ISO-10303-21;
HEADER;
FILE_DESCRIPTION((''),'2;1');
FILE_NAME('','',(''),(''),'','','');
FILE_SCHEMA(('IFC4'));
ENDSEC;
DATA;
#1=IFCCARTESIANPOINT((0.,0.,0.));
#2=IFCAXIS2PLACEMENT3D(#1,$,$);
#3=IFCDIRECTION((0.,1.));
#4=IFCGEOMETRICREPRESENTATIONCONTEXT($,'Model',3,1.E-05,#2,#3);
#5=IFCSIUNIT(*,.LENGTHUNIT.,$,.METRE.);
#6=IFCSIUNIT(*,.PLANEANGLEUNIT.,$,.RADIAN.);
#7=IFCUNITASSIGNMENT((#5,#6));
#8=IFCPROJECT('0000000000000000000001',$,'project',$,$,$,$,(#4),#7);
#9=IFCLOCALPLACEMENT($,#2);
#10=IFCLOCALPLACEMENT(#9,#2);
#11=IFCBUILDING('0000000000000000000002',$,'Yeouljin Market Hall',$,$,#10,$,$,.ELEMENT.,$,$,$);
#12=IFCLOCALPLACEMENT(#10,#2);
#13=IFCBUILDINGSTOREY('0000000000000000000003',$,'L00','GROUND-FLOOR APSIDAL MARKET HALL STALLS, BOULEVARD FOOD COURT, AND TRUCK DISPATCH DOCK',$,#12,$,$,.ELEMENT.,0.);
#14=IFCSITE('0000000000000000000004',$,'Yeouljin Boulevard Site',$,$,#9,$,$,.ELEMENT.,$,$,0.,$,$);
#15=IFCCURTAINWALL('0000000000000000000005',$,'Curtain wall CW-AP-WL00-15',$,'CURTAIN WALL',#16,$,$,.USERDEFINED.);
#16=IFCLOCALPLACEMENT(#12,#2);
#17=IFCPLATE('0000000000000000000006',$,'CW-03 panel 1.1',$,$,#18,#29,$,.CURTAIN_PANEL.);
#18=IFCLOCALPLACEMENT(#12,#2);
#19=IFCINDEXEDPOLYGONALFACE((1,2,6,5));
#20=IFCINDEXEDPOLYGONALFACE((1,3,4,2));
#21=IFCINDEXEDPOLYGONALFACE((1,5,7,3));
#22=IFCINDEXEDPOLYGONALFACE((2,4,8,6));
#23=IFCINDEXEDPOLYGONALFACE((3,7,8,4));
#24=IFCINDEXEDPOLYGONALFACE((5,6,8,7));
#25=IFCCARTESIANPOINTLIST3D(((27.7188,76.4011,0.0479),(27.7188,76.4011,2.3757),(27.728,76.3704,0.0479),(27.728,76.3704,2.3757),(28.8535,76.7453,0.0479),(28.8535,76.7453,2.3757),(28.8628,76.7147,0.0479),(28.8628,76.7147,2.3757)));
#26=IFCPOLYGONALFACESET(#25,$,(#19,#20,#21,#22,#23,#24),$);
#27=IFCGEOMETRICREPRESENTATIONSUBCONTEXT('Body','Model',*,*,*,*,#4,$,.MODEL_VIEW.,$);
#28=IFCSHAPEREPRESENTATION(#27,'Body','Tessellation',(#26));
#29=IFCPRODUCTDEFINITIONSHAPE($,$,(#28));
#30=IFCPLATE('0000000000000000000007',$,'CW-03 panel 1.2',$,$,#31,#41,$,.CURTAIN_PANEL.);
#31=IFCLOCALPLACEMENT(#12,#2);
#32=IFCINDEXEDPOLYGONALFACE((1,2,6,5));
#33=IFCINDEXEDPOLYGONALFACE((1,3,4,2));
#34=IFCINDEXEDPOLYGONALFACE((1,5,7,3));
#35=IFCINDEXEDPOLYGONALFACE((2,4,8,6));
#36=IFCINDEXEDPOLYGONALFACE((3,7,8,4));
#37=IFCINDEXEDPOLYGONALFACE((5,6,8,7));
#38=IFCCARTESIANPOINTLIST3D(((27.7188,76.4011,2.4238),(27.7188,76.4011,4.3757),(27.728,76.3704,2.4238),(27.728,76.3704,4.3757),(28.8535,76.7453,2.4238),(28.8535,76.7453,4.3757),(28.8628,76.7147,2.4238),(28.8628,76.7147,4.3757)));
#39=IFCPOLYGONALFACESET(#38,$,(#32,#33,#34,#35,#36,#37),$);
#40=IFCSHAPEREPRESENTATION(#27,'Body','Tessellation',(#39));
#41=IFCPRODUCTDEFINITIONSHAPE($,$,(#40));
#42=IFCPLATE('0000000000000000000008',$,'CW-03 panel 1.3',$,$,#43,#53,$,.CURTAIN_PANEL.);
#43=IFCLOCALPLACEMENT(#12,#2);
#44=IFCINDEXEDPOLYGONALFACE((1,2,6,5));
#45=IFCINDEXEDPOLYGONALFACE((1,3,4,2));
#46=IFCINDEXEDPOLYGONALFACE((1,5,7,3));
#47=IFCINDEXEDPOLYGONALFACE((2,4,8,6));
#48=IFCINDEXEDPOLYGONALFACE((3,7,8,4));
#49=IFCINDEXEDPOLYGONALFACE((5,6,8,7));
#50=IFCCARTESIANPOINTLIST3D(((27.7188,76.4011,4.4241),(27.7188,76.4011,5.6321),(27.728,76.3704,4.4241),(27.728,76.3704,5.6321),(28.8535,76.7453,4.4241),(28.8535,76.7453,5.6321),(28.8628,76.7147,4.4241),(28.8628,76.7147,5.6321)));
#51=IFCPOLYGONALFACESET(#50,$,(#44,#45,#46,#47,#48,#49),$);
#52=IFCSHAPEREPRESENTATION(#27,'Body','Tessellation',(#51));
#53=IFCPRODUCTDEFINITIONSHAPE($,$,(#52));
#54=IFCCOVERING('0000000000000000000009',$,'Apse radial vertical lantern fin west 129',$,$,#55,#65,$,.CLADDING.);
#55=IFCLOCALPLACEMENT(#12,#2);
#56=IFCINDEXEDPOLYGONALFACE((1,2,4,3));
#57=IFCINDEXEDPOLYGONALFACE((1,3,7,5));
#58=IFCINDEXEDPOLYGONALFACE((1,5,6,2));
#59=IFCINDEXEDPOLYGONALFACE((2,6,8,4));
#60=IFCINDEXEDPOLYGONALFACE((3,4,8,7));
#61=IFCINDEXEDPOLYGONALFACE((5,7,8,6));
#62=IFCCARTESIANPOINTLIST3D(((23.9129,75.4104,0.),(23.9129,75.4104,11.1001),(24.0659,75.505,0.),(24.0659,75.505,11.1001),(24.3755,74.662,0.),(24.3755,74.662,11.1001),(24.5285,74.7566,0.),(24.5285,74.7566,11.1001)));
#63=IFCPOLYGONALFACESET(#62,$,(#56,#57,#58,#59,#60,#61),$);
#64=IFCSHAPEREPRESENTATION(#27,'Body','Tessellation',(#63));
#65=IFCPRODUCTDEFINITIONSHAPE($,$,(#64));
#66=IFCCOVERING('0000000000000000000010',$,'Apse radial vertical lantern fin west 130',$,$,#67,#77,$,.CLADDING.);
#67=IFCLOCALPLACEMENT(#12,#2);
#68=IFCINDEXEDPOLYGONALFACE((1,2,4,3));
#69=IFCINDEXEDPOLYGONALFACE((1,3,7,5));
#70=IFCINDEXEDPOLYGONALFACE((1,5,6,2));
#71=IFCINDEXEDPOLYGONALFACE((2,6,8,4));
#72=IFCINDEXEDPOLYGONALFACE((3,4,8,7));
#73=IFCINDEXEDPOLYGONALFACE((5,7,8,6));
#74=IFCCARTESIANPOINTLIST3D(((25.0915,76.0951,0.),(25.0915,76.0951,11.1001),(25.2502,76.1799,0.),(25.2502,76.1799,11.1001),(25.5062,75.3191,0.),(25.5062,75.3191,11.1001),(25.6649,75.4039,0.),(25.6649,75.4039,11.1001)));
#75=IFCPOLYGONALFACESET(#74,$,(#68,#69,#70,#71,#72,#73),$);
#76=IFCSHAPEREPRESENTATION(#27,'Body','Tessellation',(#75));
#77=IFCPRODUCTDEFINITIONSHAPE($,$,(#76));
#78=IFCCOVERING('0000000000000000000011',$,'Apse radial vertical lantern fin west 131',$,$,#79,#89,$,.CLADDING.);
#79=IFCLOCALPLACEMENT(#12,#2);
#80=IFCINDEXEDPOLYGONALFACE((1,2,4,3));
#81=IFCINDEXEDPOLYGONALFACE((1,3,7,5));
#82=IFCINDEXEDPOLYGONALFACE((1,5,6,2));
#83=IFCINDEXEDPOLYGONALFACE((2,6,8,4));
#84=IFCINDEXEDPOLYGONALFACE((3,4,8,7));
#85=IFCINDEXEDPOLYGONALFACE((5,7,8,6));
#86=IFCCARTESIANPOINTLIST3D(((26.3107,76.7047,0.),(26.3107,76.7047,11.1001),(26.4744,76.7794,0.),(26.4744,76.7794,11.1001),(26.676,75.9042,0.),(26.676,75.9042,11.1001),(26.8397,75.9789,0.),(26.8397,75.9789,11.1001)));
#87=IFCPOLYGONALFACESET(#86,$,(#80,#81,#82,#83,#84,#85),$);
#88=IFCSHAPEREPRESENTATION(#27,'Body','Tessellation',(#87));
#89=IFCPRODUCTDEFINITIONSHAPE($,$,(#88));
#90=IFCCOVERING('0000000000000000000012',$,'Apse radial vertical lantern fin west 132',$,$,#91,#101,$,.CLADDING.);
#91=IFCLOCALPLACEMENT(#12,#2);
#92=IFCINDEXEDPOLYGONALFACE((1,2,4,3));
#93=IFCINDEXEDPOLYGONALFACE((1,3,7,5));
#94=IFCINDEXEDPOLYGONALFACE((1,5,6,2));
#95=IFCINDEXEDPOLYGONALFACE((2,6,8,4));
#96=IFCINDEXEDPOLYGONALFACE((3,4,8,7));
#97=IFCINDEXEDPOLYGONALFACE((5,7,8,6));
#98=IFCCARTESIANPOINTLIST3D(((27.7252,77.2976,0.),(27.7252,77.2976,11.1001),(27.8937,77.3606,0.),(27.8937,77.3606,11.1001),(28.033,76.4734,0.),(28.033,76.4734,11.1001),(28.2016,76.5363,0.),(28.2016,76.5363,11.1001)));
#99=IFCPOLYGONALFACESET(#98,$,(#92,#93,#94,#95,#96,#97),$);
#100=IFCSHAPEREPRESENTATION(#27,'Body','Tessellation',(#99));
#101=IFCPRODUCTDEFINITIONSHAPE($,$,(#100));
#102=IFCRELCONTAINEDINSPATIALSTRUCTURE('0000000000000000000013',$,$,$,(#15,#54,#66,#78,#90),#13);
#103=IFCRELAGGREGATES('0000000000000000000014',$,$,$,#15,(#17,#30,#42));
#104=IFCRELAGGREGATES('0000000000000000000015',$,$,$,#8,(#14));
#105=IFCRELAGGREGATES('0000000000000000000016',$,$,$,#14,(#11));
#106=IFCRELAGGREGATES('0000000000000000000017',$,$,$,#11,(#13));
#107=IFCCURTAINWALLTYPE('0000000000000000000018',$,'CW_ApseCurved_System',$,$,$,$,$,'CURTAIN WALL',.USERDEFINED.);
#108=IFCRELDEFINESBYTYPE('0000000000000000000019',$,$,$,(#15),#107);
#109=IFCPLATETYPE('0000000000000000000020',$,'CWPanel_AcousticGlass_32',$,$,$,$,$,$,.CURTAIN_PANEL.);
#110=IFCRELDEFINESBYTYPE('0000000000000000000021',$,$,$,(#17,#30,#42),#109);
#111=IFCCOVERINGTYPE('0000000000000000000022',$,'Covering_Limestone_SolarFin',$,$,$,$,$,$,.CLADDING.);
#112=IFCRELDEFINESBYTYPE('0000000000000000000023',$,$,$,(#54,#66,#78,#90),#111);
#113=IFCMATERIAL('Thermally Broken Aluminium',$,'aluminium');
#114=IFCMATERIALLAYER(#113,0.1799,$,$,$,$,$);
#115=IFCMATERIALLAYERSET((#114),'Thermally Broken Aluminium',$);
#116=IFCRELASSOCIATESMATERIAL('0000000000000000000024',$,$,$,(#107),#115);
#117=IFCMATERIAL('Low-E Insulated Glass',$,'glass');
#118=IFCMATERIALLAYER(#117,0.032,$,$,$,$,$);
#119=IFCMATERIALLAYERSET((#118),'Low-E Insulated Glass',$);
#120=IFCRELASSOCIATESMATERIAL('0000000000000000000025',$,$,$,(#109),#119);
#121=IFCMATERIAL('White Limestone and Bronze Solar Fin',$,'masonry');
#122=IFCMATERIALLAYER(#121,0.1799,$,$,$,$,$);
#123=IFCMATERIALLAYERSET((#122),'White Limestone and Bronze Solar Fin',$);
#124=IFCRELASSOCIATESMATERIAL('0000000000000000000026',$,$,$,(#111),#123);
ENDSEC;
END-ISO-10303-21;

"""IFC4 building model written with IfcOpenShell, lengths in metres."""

from ifc_helpers import new_model, si_unit, direction, frame, origin, origin_2d, place, context, subcontext, project, spatial, rectangle, extrude, material, layer, layer_set, type_object, element, aggregate, save


model = new_model("IFC4")

# Units and contexts
model_context = context("Model", 3, precision=1e-05, world=origin(), true_north=direction((0.0, 1.0)))
body_context = subcontext(model_context, "Body", "Model", "MODEL_VIEW")
ifc_project = project(units=[si_unit("LENGTHUNIT", "METRE"), si_unit("PLANEANGLEUNIT", "RADIAN")], contexts=[model_context])

# Site, building, storey
site_placement = place(None, origin())
site = spatial("IfcSite", under=ifc_project, at=site_placement, Name="Yeouljin Boulevard Site", CompositionType="ELEMENT", RefElevation=0.0)
building_placement = place(site_placement, origin())
building = spatial("IfcBuilding", under=site, at=building_placement, Name="Yeouljin Market Hall", CompositionType="ELEMENT")
storey_placement = place(building_placement, origin())
storey = spatial("IfcBuildingStorey", under=building, at=storey_placement, Name="L00", Description="GROUND-FLOOR APSIDAL MARKET HALL STALLS, BOULEVARD FOOD COURT, AND TRUCK DISPATCH DOCK", CompositionType="ELEMENT", Elevation=0.0)

# Shared definitions
ifc_material_1 = material(Name="Thermally Broken Aluminium", Category="aluminium")
ifc_layer_1 = layer(ifc_material_1, 0.1799)
ifc_layer_set_1 = layer_set([ifc_layer_1], Name="Thermally Broken Aluminium")
curtain_wall_type = type_object("IfcCurtainWallType", Name="CW_ApseCurved_System", ElementType="CURTAIN WALL", PredefinedType="USERDEFINED", material=ifc_layer_set_1)

# Curtain wall
curtain_wall_1_placement = place(storey_placement, origin())
curtain_wall_1 = element("IfcCurtainWall", 1, at=curtain_wall_1_placement, inside=storey, type_object=curtain_wall_type, Name="Curtain wall CW-AP-WL00-15", ObjectType="CURTAIN WALL", PredefinedType="USERDEFINED")

# Plates
ifc_material_2 = material(Name="Low-E Insulated Glass", Category="glass")
ifc_layer_2 = layer(ifc_material_2, 0.032)
ifc_layer_set_2 = layer_set([ifc_layer_2], Name="Low-E Insulated Glass")
plate_type = type_object("IfcPlateType", Name="CWPanel_AcousticGlass_32", PredefinedType="CURTAIN_PANEL", material=ifc_layer_set_2)
plate_1_placement = place(storey_placement, frame((28.2908, 76.5579, 0.0479), z_axis=(0.0, 0.0, 1.0), x_axis=(0.95694, 0.290286, 0.0)))
plate_1 = element("IfcPlate", 2, at=plate_1_placement, type_object=plate_type, Name="CW-03 panel 1.1", PredefinedType="CURTAIN_PANEL", context=body_context, shape_type="SweptSolid", body=[
    extrude(rectangle(XDim=1.1858, YDim=0.032, at=origin_2d()), origin(), (0.0, 0.0, 1.0), 2.3279),
])
plate_2_placement = place(storey_placement, frame((28.2908, 76.5579, 2.4238), z_axis=(0.0, 0.0, 1.0), x_axis=(0.95694, 0.290286, 0.0)))
plate_2 = element("IfcPlate", 3, at=plate_2_placement, type_object=plate_type, Name="CW-03 panel 1.2", PredefinedType="CURTAIN_PANEL", context=body_context, shape_type="SweptSolid", body=[
    extrude(rectangle(XDim=1.1858, YDim=0.032, at=origin_2d()), origin(), (0.0, 0.0, 1.0), 1.9519),
])
plate_3_placement = place(storey_placement, frame((28.2908, 76.5579, 4.4241), z_axis=(0.0, 0.0, 1.0), x_axis=(0.95694, 0.290286, 0.0)))
plate_3 = element("IfcPlate", 4, at=plate_3_placement, type_object=plate_type, Name="CW-03 panel 1.3", PredefinedType="CURTAIN_PANEL", context=body_context, shape_type="SweptSolid", body=[
    extrude(rectangle(XDim=1.1858, YDim=0.032, at=origin_2d()), origin(), (0.0, 0.0, 1.0), 1.208),
])
aggregate(curtain_wall_1, [plate_1, plate_2, plate_3])

# Coverings
ifc_material_3 = material(Name="White Limestone and Bronze Solar Fin", Category="masonry")
ifc_layer_3 = layer(ifc_material_3, 0.1799)
ifc_layer_set_3 = layer_set([ifc_layer_3], Name="White Limestone and Bronze Solar Fin")
covering_type = type_object("IfcCoveringType", Name="Covering_Limestone_SolarFin", PredefinedType="CLADDING", material=ifc_layer_set_3)
for number, where, z_axis, x_axis, name in (
    (5, (24.2207, 75.0835, 0.0), (0.0, 0.0, 1.0), (-0.525769, 0.850628, 0.0), "Apse radial vertical lantern fin west 129"),
    (6, (25.3782, 75.7495, 0.0), (0.0, 0.0, 1.0), (-0.47132, 0.881962, 0.0), "Apse radial vertical lantern fin west 130"),
    (7, (26.5752, 76.3418, 0.0), (0.0, 0.0, 1.0), (-0.41517, 0.909744, 0.0), "Apse radial vertical lantern fin west 131"),
    (8, (27.9634, 76.917, 0.0), (0.0, 0.0, 1.0), (-0.34988, 0.936794, 0.0), "Apse radial vertical lantern fin west 132"),
):
    element("IfcCovering", number, at=place(storey_placement, frame(where, z_axis=z_axis, x_axis=x_axis)), inside=storey, type_object=covering_type, Name=name, PredefinedType="CLADDING", context=body_context, shape_type="SweptSolid", body=[
        extrude(rectangle(XDim=0.8799, YDim=0.1799, at=origin_2d()), origin(), (0.0, 0.0, 1.0), 11.1001),
    ])

save(model, "model.ifc")
